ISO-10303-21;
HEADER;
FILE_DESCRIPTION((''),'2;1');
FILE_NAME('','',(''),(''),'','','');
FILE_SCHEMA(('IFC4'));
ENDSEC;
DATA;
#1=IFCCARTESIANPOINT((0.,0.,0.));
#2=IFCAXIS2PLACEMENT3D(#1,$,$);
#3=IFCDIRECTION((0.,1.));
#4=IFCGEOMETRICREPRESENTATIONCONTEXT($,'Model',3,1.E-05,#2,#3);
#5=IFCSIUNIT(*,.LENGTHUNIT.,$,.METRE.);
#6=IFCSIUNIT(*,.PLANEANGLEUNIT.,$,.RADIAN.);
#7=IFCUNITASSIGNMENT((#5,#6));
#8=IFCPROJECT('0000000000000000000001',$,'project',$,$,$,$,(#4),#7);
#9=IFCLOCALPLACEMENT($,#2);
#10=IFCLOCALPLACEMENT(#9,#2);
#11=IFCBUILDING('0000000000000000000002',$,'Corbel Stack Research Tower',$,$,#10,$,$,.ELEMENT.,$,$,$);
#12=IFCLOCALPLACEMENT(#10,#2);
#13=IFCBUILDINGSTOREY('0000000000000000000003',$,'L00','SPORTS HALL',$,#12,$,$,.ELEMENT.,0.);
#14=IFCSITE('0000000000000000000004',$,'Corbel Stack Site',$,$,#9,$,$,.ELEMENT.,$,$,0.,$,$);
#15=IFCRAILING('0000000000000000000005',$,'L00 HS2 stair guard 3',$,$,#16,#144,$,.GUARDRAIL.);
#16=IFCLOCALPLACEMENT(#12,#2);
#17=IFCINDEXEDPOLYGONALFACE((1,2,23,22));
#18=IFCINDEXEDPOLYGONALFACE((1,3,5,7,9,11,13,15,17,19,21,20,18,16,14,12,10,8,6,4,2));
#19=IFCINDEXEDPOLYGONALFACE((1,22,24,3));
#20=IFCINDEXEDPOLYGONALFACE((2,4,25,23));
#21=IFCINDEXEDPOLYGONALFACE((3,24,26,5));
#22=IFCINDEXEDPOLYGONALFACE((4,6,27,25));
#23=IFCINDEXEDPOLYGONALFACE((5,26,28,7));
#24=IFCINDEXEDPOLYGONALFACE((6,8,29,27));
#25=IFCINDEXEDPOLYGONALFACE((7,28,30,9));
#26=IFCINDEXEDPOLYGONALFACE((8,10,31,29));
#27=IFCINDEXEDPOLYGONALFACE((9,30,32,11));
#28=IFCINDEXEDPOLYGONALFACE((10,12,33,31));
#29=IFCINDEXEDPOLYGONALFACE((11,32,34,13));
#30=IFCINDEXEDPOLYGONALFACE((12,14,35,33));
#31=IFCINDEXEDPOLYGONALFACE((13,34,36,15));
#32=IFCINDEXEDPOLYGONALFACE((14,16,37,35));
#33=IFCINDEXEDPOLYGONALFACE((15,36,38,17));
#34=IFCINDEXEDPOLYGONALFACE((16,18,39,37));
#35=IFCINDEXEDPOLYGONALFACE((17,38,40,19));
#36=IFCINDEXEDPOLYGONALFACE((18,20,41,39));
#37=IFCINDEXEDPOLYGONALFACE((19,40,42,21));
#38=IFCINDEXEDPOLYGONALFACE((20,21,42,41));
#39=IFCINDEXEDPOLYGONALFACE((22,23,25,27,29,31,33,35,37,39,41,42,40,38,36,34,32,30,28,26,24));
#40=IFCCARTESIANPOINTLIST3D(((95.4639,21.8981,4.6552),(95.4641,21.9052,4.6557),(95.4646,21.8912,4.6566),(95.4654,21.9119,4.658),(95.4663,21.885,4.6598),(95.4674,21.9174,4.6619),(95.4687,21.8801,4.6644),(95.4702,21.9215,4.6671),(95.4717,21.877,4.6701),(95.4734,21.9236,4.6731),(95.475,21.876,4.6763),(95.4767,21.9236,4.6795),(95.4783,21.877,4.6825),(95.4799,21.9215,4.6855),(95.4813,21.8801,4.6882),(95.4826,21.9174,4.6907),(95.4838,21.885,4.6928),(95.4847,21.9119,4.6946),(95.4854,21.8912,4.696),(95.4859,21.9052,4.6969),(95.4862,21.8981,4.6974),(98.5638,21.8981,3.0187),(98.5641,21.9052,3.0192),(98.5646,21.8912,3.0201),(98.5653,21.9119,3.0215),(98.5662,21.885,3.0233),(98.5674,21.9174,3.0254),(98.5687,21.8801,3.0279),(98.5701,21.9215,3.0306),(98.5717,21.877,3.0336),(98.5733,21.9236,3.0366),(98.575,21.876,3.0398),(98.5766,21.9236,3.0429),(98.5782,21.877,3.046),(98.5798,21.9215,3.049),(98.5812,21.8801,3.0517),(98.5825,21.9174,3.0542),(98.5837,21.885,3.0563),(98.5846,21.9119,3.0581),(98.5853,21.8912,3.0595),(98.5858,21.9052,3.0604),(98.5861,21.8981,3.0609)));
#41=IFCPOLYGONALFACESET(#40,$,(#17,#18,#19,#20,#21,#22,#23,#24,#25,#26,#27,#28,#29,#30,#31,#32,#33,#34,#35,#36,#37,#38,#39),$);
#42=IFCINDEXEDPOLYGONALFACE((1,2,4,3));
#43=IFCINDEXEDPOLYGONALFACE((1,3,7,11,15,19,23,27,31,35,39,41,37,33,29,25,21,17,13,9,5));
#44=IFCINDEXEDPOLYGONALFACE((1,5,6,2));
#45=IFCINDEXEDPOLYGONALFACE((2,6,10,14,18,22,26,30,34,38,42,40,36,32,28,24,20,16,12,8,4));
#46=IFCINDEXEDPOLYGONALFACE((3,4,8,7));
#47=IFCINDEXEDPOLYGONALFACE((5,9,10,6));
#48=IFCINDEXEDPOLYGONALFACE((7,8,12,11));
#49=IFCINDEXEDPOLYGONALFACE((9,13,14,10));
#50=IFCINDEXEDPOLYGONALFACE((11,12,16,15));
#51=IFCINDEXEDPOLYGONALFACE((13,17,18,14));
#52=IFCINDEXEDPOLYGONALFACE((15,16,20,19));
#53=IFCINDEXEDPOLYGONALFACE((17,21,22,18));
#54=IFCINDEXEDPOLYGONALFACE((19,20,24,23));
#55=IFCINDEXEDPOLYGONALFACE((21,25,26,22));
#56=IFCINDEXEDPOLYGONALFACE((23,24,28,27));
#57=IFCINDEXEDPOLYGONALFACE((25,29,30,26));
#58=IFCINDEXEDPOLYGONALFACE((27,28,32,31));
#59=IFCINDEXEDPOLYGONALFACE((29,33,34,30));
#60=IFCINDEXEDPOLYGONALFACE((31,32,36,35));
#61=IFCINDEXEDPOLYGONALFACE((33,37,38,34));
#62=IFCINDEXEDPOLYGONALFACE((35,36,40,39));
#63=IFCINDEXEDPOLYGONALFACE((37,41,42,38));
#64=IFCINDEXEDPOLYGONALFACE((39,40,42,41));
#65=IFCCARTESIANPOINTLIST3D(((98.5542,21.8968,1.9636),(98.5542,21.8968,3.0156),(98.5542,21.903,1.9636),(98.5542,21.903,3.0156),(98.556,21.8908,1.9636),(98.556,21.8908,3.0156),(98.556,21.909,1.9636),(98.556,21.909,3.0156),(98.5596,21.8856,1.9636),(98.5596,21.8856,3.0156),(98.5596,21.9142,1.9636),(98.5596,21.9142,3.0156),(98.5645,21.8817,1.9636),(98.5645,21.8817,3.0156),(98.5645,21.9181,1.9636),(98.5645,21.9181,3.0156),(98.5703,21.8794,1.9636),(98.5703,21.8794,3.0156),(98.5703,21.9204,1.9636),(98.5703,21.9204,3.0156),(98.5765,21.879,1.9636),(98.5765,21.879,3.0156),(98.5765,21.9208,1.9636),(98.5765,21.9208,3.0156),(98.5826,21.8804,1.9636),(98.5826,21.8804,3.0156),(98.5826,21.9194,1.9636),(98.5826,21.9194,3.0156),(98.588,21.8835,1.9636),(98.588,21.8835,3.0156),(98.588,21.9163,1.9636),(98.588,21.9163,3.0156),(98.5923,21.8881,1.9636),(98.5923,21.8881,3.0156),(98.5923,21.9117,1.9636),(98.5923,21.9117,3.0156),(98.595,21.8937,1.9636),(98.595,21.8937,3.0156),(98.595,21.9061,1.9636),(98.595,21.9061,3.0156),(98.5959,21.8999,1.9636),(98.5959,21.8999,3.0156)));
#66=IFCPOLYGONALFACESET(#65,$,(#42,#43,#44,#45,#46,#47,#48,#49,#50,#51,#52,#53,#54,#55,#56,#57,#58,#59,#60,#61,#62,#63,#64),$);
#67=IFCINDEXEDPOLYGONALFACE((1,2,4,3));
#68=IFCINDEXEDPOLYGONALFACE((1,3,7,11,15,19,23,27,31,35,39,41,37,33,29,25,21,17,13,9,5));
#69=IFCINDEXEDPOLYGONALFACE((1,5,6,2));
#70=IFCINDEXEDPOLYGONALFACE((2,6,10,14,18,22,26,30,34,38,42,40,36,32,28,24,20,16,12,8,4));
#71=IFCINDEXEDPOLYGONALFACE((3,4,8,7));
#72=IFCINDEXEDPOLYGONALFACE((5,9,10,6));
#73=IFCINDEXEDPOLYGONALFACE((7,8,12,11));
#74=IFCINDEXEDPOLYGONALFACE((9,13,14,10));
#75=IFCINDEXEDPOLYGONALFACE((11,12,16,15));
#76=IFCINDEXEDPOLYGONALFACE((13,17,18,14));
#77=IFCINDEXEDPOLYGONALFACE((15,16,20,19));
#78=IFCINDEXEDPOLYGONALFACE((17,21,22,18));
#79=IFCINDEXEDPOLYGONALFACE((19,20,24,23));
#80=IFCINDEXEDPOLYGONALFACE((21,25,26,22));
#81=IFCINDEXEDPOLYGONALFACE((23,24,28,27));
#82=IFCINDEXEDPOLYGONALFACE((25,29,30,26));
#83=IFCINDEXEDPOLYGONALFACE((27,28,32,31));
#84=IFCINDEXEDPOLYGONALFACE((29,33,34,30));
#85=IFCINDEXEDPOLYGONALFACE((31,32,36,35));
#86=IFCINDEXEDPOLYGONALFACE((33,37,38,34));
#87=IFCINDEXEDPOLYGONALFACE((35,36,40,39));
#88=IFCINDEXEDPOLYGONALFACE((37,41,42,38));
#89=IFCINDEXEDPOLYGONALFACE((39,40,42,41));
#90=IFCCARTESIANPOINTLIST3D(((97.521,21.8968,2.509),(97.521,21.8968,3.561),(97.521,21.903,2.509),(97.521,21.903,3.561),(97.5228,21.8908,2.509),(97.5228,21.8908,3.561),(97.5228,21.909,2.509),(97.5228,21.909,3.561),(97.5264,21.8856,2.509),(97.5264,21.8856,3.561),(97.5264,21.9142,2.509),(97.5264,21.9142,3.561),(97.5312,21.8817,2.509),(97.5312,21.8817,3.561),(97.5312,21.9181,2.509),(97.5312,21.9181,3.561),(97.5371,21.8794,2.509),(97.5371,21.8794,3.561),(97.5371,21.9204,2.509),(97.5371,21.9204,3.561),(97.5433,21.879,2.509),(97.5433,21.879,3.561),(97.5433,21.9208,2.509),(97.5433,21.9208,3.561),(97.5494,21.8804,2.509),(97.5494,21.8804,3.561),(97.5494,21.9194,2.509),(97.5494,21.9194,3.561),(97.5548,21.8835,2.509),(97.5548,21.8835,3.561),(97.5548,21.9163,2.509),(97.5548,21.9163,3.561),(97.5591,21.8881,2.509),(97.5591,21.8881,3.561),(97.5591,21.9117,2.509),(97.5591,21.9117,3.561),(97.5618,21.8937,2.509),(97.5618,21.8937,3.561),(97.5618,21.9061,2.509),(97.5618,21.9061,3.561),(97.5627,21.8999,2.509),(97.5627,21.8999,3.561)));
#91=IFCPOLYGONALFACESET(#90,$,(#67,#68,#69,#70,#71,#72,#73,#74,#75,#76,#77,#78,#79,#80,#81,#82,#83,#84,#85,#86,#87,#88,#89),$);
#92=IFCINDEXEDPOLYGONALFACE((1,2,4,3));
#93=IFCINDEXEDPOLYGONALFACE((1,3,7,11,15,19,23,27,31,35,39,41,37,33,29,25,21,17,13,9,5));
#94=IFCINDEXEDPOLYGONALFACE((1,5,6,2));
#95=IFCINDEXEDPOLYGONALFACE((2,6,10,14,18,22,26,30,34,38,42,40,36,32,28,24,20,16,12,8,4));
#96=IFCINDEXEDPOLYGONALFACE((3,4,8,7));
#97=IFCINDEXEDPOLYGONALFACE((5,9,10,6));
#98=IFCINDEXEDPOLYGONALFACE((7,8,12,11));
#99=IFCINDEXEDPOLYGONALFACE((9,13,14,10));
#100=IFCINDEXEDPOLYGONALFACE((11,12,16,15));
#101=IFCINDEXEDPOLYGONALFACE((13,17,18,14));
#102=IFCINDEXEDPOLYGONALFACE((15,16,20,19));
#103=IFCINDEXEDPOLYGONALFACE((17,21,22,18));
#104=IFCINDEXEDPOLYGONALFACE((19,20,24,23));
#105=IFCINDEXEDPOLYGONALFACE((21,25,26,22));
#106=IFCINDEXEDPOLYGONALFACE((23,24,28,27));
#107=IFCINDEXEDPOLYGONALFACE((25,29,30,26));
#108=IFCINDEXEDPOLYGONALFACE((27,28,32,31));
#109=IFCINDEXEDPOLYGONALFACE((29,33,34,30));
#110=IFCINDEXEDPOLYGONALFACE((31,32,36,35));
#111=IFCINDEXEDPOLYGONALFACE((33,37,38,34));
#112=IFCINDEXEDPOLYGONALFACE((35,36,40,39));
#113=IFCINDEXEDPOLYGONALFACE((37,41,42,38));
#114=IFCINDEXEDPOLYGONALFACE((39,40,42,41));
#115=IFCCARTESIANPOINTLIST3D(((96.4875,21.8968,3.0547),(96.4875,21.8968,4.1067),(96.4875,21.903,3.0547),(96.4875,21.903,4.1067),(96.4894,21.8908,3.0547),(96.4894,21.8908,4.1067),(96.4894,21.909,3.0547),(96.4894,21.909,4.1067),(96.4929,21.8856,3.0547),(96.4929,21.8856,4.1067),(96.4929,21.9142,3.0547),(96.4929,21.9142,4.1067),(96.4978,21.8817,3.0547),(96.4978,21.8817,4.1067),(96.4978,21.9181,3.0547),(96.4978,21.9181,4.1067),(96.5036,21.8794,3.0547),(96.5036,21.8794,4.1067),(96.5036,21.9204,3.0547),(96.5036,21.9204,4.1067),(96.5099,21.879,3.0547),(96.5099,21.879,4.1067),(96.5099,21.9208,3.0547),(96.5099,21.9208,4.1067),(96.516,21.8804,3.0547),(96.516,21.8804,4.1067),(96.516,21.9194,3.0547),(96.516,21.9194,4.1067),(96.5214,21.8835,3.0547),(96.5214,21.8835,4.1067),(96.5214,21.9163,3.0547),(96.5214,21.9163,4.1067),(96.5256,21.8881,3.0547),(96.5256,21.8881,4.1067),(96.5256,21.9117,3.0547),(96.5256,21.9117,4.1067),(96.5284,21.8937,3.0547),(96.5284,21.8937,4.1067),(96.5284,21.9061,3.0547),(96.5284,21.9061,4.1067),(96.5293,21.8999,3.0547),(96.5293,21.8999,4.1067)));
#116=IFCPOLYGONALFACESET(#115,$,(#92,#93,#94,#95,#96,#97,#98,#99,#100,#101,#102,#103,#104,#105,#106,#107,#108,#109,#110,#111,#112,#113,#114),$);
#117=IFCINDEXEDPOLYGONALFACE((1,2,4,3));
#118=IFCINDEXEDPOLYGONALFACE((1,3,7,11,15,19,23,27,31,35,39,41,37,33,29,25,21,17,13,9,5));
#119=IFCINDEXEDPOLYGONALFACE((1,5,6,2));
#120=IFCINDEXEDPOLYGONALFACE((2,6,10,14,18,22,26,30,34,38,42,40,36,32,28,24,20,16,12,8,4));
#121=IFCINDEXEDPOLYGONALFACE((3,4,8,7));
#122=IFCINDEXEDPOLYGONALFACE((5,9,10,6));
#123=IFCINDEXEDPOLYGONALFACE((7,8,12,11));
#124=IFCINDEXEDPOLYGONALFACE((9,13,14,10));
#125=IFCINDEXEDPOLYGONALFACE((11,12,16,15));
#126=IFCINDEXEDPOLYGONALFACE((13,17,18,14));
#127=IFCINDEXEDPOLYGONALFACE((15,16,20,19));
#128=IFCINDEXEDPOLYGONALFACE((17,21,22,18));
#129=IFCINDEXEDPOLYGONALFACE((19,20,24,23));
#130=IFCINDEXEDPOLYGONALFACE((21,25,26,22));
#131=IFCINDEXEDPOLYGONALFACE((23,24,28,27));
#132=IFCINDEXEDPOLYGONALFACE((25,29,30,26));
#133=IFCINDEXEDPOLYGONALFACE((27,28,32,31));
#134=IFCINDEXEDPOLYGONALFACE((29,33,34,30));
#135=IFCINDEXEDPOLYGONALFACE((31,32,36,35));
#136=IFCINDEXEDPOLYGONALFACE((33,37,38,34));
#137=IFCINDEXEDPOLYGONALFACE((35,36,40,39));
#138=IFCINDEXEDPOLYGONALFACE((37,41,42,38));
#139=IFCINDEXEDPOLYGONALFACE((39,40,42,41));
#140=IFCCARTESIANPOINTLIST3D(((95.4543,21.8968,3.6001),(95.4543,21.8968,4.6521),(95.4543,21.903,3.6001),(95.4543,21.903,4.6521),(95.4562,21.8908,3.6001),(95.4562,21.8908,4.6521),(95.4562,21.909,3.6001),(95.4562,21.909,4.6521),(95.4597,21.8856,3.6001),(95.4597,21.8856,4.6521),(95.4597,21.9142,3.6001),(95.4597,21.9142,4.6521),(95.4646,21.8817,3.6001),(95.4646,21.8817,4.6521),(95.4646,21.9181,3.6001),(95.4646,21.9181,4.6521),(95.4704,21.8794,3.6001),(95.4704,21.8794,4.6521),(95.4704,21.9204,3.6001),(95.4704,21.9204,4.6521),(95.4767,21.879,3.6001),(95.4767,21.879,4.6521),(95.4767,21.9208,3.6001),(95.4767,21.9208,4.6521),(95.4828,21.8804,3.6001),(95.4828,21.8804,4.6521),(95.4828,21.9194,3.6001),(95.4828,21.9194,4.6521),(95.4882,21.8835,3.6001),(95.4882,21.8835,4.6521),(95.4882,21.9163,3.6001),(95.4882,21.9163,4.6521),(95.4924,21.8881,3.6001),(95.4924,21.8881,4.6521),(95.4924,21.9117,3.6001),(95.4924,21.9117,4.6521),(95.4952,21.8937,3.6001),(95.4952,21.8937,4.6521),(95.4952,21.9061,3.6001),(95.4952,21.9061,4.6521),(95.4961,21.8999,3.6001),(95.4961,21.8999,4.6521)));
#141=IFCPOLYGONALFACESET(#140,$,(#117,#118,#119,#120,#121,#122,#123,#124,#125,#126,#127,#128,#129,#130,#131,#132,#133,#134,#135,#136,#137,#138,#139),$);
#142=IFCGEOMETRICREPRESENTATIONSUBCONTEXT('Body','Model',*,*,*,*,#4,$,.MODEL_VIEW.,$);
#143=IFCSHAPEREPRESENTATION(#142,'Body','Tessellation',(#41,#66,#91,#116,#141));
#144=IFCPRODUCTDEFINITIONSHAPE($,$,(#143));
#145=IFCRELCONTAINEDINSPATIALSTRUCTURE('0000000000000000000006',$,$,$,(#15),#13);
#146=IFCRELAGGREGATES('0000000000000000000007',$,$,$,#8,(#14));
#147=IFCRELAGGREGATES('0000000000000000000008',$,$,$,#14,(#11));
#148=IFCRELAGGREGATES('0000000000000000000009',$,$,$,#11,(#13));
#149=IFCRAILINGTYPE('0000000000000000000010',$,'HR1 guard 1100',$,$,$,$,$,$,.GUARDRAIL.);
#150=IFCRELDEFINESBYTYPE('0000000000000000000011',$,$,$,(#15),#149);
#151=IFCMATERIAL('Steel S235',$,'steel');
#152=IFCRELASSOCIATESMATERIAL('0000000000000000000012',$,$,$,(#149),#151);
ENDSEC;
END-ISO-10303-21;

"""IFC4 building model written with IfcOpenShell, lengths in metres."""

from ifc_helpers import new_model, si_unit, direction, frame, origin, origin_2d, place, context, subcontext, project, spatial, circle, extrude, material, type_object, element, save


model = new_model("IFC4")

# Units and contexts
model_context = context("Model", 3, precision=1e-05, world=origin(), true_north=direction((0.0, 1.0)))
body_context = subcontext(model_context, "Body", "Model", "MODEL_VIEW")
ifc_project = project(units=[si_unit("LENGTHUNIT", "METRE"), si_unit("PLANEANGLEUNIT", "RADIAN")], contexts=[model_context])

# Site, building, storey
site_placement = place(None, origin())
site = spatial("IfcSite", under=ifc_project, at=site_placement, Name="Corbel Stack Site", CompositionType="ELEMENT", RefElevation=0.0)
building_placement = place(site_placement, origin())
building = spatial("IfcBuilding", under=site, at=building_placement, Name="Corbel Stack Research Tower", CompositionType="ELEMENT")
storey_placement = place(building_placement, origin())
storey = spatial("IfcBuildingStorey", under=building, at=storey_placement, Name="L00", Description="SPORTS HALL", CompositionType="ELEMENT", Elevation=0.0)

# Railing
ifc_material_1 = material(Name="Steel S235", Category="steel")
railing_type_1 = type_object("IfcRailingType", Name="HR1 guard 1100", PredefinedType="GUARDRAIL", material=ifc_material_1)
railing_1_placement = place(storey_placement, frame((98.575, 21.8999, 1.9636)))
element("IfcRailing", 1, at=railing_1_placement, inside=storey, type_object=railing_type_1, Name="L00 HS2 stair guard 3", PredefinedType="GUARDRAIL", context=body_context, shape_type="SweptSolid", body=[
    extrude(circle(Radius=0.0239, at=origin_2d()), frame((0.0, 0.0, 1.0762), z_axis=(-0.884333, 0.0, 0.466857), x_axis=(0.0, -1.0, 0.0)), (0.0, 0.0, 1.0), 3.5054),
    extrude(circle(Radius=0.021, at=origin_2d()), origin(), (0.0, 0.0, 1.0), 1.052),
    extrude(circle(Radius=0.021, at=origin_2d()), frame((-1.0332, 0.0, 0.5454)), (0.0, 0.0, 1.0), 1.052),
    extrude(circle(Radius=0.021, at=origin_2d()), frame((-2.0667, 0.0, 1.0911)), (0.0, 0.0, 1.0), 1.052),
    extrude(circle(Radius=0.021, at=origin_2d()), frame((-3.0999, 0.0, 1.6365)), (0.0, 0.0, 1.0), 1.052),
])

save(model, "model.ifc")
